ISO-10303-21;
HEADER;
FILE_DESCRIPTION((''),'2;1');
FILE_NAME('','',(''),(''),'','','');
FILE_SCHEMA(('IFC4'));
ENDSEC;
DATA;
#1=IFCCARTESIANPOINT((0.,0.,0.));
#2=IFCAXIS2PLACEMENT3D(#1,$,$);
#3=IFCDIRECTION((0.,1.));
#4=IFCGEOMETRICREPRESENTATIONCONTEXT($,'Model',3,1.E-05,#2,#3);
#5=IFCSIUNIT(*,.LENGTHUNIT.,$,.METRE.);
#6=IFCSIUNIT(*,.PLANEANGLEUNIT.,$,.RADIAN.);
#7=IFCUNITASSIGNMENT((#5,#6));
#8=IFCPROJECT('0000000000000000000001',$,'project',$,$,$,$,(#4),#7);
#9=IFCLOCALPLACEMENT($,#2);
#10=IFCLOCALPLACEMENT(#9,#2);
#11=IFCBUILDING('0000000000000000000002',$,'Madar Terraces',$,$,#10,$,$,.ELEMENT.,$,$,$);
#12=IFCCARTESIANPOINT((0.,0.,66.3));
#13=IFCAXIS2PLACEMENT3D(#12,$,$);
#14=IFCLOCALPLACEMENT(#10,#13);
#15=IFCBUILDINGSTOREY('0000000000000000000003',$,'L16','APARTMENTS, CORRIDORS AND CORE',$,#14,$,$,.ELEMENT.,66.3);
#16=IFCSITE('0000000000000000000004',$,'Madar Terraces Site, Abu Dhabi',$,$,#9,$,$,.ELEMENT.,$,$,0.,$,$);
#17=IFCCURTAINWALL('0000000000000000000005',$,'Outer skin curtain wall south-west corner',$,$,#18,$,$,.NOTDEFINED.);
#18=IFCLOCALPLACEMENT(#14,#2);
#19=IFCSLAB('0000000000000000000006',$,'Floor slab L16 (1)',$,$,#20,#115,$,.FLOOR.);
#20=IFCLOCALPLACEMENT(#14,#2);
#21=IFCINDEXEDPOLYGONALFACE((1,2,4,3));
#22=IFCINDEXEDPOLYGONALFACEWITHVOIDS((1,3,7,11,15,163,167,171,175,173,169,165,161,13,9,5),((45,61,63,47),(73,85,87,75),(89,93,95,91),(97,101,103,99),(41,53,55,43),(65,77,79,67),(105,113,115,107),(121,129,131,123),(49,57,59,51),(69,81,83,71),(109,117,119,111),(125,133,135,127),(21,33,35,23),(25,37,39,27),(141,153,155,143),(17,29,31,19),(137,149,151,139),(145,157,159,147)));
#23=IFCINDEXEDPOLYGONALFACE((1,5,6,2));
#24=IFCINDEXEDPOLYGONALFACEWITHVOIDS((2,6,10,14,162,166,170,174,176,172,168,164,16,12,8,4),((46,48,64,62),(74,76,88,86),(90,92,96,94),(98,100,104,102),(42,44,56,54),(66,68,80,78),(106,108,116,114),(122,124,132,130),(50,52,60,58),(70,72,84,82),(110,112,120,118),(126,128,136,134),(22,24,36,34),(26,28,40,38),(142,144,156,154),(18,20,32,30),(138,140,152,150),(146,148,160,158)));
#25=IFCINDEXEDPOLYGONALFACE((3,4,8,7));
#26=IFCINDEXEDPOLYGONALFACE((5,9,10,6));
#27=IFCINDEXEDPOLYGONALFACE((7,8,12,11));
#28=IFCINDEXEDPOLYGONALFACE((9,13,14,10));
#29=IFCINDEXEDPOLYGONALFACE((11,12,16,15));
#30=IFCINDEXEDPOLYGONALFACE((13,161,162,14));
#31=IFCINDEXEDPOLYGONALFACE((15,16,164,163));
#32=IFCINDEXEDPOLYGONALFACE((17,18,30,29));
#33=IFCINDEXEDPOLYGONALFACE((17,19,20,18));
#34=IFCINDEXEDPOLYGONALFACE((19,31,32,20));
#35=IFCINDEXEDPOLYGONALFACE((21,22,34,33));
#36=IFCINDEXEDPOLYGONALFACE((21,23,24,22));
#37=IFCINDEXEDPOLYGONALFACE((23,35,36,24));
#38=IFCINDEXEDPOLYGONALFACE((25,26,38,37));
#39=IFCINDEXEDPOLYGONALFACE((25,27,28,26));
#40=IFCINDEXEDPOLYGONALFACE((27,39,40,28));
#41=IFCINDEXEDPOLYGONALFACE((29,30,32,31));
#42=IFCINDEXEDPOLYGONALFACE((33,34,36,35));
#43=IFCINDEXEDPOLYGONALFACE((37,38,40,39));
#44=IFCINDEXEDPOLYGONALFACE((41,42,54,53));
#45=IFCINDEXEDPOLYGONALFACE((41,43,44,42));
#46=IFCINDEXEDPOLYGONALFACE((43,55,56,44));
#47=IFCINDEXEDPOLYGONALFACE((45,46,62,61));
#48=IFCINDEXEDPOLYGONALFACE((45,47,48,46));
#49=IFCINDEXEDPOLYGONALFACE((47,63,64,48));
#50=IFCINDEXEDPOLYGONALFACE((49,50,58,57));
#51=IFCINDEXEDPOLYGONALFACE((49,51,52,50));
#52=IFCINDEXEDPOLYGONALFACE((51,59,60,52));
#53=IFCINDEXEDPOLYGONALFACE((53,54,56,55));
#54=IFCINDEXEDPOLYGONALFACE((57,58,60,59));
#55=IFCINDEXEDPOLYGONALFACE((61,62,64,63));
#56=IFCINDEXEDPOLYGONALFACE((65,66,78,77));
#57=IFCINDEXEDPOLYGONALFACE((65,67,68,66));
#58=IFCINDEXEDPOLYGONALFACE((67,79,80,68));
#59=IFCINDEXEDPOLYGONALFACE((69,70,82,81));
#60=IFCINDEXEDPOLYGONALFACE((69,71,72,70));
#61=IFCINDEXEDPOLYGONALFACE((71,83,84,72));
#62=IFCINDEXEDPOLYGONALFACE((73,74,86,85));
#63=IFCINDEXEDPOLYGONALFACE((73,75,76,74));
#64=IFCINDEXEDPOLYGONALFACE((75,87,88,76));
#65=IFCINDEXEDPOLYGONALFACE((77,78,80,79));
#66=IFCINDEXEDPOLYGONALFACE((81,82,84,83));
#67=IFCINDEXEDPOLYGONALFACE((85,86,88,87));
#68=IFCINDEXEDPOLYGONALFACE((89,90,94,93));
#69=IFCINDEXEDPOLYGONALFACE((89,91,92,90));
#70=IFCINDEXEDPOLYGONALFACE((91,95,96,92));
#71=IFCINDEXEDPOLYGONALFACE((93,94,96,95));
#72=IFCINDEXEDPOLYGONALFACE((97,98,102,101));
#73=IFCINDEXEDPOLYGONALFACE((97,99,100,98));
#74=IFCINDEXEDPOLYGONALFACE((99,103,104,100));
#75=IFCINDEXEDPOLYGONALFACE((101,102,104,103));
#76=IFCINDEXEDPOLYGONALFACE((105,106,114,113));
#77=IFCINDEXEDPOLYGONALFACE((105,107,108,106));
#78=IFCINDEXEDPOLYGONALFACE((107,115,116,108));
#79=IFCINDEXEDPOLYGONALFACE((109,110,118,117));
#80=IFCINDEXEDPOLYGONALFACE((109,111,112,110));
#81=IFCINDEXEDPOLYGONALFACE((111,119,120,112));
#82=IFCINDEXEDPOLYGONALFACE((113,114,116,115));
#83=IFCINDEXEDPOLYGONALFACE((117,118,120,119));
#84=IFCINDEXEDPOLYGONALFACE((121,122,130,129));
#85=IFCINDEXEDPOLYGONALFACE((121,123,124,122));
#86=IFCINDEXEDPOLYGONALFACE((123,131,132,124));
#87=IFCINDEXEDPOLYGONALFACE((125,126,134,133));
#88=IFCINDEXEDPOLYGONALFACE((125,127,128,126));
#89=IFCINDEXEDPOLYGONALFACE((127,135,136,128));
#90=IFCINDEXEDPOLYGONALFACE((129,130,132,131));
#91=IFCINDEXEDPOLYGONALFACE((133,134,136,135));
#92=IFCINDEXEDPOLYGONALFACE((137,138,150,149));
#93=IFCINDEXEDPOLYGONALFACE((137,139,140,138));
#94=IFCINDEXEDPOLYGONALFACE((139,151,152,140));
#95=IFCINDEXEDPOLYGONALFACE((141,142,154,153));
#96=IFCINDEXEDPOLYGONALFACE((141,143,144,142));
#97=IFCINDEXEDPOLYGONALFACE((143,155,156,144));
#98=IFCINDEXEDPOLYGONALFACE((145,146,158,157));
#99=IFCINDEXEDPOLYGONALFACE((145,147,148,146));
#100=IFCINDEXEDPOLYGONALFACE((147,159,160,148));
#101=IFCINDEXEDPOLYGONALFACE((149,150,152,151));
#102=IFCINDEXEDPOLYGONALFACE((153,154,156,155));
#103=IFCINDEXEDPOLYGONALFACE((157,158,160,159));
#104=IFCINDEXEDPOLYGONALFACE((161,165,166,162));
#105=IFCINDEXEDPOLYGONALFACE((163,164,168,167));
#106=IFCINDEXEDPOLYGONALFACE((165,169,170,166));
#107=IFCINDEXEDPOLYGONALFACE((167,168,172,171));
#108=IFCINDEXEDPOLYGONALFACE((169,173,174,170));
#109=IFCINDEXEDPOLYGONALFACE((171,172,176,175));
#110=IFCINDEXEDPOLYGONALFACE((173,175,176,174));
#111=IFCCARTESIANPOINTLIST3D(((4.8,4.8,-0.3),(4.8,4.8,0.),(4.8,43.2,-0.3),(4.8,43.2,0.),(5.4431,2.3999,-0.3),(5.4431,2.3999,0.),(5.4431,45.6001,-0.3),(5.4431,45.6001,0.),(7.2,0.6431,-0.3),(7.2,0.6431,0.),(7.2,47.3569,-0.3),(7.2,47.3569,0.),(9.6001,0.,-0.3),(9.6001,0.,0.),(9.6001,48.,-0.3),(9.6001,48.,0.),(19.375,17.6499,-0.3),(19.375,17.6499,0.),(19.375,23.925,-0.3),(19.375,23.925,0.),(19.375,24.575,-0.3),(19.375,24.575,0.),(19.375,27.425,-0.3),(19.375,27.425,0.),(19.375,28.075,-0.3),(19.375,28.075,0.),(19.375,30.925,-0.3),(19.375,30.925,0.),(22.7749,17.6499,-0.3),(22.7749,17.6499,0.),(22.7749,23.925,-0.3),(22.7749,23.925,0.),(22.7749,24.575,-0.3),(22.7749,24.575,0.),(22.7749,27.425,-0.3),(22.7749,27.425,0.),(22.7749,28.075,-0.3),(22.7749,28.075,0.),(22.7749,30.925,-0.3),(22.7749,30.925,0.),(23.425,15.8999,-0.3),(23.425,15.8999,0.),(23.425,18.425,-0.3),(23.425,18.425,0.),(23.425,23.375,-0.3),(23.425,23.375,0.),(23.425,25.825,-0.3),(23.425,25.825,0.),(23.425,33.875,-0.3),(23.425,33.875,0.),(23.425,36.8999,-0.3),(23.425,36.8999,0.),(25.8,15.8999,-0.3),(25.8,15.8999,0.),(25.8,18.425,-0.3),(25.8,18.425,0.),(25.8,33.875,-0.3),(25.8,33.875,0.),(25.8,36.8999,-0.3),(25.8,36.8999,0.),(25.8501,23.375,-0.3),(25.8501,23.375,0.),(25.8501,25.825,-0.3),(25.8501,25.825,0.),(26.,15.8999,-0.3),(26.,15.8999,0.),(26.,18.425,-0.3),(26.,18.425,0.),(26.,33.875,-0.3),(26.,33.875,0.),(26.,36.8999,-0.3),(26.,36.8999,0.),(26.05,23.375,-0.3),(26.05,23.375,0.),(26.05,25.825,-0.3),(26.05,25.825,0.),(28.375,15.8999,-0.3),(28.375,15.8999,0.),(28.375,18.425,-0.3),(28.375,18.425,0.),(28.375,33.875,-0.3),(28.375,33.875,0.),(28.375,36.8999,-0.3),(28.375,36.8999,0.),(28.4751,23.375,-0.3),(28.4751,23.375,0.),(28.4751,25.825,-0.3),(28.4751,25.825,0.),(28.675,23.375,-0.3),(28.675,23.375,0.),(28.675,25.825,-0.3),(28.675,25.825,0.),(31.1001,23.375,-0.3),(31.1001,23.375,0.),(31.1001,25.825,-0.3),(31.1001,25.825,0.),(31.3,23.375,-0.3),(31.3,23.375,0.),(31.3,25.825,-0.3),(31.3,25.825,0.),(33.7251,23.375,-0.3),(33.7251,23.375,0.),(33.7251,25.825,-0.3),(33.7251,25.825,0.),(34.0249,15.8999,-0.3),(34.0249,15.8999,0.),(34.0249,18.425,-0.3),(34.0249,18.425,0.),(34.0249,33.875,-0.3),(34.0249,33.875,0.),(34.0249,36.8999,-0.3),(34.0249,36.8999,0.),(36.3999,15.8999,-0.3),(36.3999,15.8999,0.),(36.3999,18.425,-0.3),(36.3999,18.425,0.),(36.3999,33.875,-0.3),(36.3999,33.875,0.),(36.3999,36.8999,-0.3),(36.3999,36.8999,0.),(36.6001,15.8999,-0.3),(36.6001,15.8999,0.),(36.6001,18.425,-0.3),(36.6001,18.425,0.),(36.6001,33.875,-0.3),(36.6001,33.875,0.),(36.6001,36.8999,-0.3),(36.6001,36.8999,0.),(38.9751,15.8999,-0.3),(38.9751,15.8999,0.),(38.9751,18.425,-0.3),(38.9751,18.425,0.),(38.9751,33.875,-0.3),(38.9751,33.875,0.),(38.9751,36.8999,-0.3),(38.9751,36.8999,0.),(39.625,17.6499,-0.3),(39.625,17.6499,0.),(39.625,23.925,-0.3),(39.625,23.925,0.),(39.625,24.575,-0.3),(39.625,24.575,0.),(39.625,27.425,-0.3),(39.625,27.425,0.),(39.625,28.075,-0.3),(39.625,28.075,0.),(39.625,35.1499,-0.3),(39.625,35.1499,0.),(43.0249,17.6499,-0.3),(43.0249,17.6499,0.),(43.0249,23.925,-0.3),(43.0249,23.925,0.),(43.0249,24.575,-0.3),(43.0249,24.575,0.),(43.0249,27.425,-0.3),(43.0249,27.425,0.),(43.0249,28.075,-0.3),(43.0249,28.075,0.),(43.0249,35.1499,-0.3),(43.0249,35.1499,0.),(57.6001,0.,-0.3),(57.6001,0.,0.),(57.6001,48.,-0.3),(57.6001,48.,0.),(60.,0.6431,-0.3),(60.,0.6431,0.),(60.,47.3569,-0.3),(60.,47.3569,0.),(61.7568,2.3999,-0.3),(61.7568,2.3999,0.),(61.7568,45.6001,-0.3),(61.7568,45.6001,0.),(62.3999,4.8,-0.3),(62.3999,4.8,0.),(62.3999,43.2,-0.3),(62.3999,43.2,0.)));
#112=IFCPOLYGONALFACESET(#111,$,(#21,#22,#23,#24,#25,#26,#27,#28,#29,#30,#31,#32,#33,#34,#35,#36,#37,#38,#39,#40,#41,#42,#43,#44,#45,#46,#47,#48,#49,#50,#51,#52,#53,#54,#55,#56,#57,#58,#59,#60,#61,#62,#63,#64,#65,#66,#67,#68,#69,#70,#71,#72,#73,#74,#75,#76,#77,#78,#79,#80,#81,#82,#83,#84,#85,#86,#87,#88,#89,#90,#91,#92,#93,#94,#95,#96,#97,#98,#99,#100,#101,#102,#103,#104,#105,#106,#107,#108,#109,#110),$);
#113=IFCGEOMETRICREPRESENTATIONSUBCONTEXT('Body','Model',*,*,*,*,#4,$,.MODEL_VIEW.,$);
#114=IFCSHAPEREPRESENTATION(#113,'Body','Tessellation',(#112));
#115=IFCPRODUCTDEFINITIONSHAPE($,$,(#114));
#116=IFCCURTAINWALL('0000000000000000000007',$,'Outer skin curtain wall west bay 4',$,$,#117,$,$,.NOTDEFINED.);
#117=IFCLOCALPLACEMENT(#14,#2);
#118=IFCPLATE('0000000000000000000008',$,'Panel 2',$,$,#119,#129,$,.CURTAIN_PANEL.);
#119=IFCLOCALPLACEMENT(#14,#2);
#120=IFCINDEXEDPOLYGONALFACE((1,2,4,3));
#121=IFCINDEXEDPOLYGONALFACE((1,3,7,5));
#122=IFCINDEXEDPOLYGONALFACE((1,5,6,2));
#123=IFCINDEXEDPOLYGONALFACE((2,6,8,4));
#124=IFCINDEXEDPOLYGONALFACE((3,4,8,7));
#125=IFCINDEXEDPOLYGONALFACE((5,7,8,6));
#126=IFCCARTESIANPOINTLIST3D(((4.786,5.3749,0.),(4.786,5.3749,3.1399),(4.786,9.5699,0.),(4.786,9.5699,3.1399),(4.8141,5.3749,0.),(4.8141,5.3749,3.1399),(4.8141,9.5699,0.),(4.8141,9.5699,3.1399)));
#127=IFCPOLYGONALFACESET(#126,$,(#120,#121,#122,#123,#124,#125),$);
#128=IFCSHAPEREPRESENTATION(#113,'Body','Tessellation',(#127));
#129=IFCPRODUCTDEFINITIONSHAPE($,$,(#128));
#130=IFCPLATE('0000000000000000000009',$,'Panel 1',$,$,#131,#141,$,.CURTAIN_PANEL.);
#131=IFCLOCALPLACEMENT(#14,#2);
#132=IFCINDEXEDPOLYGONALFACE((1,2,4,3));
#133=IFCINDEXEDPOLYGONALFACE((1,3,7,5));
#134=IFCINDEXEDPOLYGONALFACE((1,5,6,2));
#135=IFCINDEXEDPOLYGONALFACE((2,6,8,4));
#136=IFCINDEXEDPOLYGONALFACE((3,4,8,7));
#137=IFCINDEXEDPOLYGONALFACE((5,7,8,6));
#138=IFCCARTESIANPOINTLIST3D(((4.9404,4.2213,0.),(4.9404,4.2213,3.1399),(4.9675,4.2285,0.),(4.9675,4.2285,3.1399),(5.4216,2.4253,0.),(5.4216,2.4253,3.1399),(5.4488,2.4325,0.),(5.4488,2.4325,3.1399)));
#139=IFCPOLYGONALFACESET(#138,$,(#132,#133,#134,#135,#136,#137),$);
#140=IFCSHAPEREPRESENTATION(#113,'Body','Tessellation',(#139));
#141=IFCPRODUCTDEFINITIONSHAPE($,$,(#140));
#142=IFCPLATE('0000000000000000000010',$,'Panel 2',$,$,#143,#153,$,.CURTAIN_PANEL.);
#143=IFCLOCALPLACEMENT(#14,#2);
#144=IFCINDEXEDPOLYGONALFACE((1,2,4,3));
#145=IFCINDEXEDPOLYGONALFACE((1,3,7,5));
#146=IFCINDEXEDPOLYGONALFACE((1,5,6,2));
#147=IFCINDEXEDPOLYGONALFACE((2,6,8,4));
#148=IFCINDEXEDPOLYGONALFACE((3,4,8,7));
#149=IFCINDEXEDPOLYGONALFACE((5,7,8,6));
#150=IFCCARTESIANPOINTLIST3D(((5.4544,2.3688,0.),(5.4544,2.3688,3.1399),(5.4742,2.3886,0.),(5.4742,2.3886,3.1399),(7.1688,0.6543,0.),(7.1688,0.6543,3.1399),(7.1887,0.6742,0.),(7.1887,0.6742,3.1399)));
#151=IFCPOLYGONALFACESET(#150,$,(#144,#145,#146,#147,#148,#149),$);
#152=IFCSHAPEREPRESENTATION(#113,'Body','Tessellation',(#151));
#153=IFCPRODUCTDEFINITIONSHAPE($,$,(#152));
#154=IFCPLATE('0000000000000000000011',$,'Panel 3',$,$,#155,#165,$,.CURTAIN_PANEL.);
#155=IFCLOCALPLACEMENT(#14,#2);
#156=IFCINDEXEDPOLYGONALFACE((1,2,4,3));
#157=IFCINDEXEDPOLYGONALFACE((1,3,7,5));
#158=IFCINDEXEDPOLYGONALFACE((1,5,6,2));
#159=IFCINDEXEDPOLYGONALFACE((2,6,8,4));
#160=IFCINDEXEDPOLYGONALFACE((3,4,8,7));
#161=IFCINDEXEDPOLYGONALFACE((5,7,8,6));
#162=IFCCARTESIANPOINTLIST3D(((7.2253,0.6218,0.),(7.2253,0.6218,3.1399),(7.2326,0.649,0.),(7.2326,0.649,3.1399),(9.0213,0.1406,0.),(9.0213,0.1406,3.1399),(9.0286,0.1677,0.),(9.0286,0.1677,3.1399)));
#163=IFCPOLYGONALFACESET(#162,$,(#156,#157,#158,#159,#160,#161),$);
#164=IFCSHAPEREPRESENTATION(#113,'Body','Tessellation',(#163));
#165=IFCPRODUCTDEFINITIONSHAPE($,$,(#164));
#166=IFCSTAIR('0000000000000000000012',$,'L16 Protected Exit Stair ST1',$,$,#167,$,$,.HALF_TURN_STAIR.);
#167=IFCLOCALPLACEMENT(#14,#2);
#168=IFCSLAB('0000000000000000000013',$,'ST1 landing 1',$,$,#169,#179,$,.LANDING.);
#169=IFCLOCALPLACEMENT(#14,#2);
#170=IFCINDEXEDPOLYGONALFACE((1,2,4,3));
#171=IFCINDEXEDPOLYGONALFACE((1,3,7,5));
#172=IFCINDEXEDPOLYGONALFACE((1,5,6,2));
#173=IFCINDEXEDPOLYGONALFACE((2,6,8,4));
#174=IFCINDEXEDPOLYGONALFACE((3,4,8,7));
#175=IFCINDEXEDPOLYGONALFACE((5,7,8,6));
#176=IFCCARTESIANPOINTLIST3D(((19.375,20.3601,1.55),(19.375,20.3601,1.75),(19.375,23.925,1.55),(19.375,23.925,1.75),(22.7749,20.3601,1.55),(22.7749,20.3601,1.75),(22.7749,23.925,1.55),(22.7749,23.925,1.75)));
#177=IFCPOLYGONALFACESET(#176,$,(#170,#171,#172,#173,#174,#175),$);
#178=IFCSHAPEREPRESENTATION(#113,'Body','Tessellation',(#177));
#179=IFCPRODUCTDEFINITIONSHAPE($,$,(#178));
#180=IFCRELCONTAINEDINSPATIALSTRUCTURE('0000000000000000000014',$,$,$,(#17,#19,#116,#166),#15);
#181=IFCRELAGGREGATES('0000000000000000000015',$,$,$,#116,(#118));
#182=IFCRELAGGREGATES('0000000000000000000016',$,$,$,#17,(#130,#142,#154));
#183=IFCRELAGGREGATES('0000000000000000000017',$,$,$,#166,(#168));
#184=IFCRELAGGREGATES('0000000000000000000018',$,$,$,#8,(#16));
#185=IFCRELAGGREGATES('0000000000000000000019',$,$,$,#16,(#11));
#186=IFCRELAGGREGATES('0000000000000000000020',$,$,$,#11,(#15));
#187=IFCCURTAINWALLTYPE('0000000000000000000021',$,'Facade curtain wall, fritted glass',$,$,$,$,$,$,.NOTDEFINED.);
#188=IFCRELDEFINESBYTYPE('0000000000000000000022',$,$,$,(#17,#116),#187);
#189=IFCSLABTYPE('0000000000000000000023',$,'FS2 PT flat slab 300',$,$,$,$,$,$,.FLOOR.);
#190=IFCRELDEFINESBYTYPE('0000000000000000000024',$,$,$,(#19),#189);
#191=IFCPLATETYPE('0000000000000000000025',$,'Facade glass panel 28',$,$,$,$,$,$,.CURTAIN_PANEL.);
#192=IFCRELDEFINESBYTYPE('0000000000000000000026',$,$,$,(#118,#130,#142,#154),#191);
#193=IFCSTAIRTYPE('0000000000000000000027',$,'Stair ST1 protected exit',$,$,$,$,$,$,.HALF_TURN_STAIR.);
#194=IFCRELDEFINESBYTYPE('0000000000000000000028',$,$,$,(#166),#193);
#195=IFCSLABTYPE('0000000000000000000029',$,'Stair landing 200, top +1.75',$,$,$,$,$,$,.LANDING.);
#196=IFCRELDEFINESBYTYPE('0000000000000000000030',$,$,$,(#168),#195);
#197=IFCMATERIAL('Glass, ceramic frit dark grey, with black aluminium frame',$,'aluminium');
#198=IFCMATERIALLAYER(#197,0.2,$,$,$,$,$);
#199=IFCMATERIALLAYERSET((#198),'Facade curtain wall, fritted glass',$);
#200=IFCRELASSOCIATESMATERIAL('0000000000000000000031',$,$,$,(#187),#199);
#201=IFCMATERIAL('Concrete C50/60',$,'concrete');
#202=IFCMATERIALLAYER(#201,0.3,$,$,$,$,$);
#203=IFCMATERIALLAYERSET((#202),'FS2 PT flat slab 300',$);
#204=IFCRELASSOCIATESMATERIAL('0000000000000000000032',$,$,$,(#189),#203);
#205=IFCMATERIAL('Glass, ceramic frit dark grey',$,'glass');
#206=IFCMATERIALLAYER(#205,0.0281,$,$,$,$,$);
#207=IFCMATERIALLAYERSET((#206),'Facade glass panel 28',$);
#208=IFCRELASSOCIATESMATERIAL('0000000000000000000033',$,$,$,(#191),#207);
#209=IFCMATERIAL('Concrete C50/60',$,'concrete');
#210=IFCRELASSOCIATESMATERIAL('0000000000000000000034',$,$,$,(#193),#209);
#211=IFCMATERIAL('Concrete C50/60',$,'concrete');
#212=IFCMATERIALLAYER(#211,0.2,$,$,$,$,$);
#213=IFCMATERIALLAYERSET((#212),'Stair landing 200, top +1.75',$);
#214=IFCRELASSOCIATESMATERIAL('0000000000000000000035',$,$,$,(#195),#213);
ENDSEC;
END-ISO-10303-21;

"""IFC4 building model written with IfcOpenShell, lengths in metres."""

from ifc_helpers import new_model, si_unit, direction, frame, origin, origin_2d, place, context, subcontext, project, spatial, polyline, rectangle, outline, extrude, material, layer, layer_set, type_object, element, aggregate, save


model = new_model("IFC4")

# Units and contexts
model_context = context("Model", 3, precision=1e-05, world=origin(), true_north=direction((0.0, 1.0)))
body_context = subcontext(model_context, "Body", "Model", "MODEL_VIEW")
ifc_project = project(units=[si_unit("LENGTHUNIT", "METRE"), si_unit("PLANEANGLEUNIT", "RADIAN")], contexts=[model_context])

# Site, building, storey
site_placement = place(None, origin())
site = spatial("IfcSite", under=ifc_project, at=site_placement, Name="Madar Terraces Site, Abu Dhabi", CompositionType="ELEMENT", RefElevation=0.0)
building_placement = place(site_placement, origin())
building = spatial("IfcBuilding", under=site, at=building_placement, Name="Madar Terraces", CompositionType="ELEMENT")
storey_placement = place(building_placement, frame((0.0, 0.0, 66.3)))
storey = spatial("IfcBuildingStorey", under=building, at=storey_placement, Name="L16", Description="APARTMENTS, CORRIDORS AND CORE", CompositionType="ELEMENT", Elevation=66.3)

# Curtain wall
ifc_material_1 = material(Name="Glass, ceramic frit dark grey, with black aluminium frame", Category="aluminium")
ifc_layer_1 = layer(ifc_material_1, 0.2)
ifc_layer_set_1 = layer_set([ifc_layer_1], Name="Facade curtain wall, fritted glass")
curtain_wall_type = type_object("IfcCurtainWallType", Name="Facade curtain wall, fritted glass", PredefinedType="NOTDEFINED", material=ifc_layer_set_1)
curtain_wall_1_placement = place(storey_placement, origin())
curtain_wall_1 = element("IfcCurtainWall", 1, at=curtain_wall_1_placement, inside=storey, type_object=curtain_wall_type, Name="Outer skin curtain wall south-west corner", PredefinedType="NOTDEFINED")

# Slab
ifc_material_2 = material(Name="Concrete C50/60", Category="concrete")
ifc_layer_2 = layer(ifc_material_2, 0.3)
ifc_layer_set_2 = layer_set([ifc_layer_2], Name="FS2 PT flat slab 300")
slab_type_1 = type_object("IfcSlabType", Name="FS2 PT flat slab 300", PredefinedType="FLOOR", material=ifc_layer_set_2)
slab_1_placement = place(storey_placement, frame((0.0, 0.0, -0.3)))
element("IfcSlab", 2, at=slab_1_placement, inside=storey, type_object=slab_type_1, Name="Floor slab L16 (1)", PredefinedType="FLOOR", context=body_context, shape_type="SweptSolid", body=[
    extrude(outline(polyline([(57.6001, 0.0), (60.0, 0.6431), (61.7568, 2.3999), (62.3999, 4.8), (62.3999, 43.2), (61.7568, 45.6001), (60.0, 47.3569), (57.6001, 48.0), (9.6001, 48.0), (7.2, 47.3569), (5.4431, 45.6001), (4.8, 43.2), (4.8, 4.8), (5.4431, 2.3999), (7.2, 0.6431), (9.6001, 0.0), (57.6001, 0.0)]), holes=[polyline([(23.425, 15.8999), (23.425, 18.425), (25.8, 18.425), (25.8, 15.8999), (23.425, 15.8999)]), polyline([(26.0, 15.8999), (26.0, 18.425), (28.375, 18.425), (28.375, 15.8999), (26.0, 15.8999)]), polyline([(19.375, 17.6499), (19.375, 23.925), (22.7749, 23.925), (22.7749, 17.6499), (19.375, 17.6499)]), polyline([(23.425, 23.375), (23.425, 25.825), (25.8501, 25.825), (25.8501, 23.375), (23.425, 23.375)]), polyline([(26.05, 23.375), (26.05, 25.825), (28.4751, 25.825), (28.4751, 23.375), (26.05, 23.375)]), polyline([(19.375, 24.575), (19.375, 27.425), (22.7749, 27.425), (22.7749, 24.575), (19.375, 24.575)]), polyline([(19.375, 28.075), (19.375, 30.925), (22.7749, 30.925), (22.7749, 28.075), (19.375, 28.075)]), polyline([(23.425, 36.8999), (25.8, 36.8999), (25.8, 33.875), (23.425, 33.875), (23.425, 36.8999)]), polyline([(26.0, 36.8999), (28.375, 36.8999), (28.375, 33.875), (26.0, 33.875), (26.0, 36.8999)]), polyline([(34.0249, 15.8999), (34.0249, 18.425), (36.3999, 18.425), (36.3999, 15.8999), (34.0249, 15.8999)]), polyline([(36.6001, 15.8999), (36.6001, 18.425), (38.9751, 18.425), (38.9751, 15.8999), (36.6001, 15.8999)]), polyline([(39.625, 17.6499), (39.625, 23.925), (43.0249, 23.925), (43.0249, 17.6499), (39.625, 17.6499)]), polyline([(28.675, 23.375), (28.675, 25.825), (31.1001, 25.825), (31.1001, 23.375), (28.675, 23.375)]), polyline([(31.3, 23.375), (31.3, 25.825), (33.7251, 25.825), (33.7251, 23.375), (31.3, 23.375)]), polyline([(39.625, 24.575), (39.625, 27.425), (43.0249, 27.425), (43.0249, 24.575), (39.625, 24.575)]), polyline([(39.625, 28.075), (39.625, 35.1499), (43.0249, 35.1499), (43.0249, 28.075), (39.625, 28.075)]), polyline([(34.0249, 36.8999), (36.3999, 36.8999), (36.3999, 33.875), (34.0249, 33.875), (34.0249, 36.8999)]), polyline([(36.6001, 36.8999), (38.9751, 36.8999), (38.9751, 33.875), (36.6001, 33.875), (36.6001, 36.8999)])]), origin(), (0.0, 0.0, 1.0), 0.3),
])

# Curtain wall, plate
curtain_wall_2_placement = place(storey_placement, origin())
curtain_wall_2 = element("IfcCurtainWall", 3, at=curtain_wall_2_placement, inside=storey, type_object=curtain_wall_type, Name="Outer skin curtain wall west bay 4", PredefinedType="NOTDEFINED")
ifc_material_3 = material(Name="Glass, ceramic frit dark grey", Category="glass")
ifc_layer_3 = layer(ifc_material_3, 0.0281)
ifc_layer_set_3 = layer_set([ifc_layer_3], Name="Facade glass panel 28")
plate_type = type_object("IfcPlateType", Name="Facade glass panel 28", PredefinedType="CURTAIN_PANEL", material=ifc_layer_set_3)
plate_1_placement = place(storey_placement, frame((4.8, 7.4724, 0.0), z_axis=(0.0, 0.0, 1.0), x_axis=(0.0, -1.0, 0.0)))
plate_1 = element("IfcPlate", 4, at=plate_1_placement, type_object=plate_type, Name="Panel 2", PredefinedType="CURTAIN_PANEL", context=body_context, shape_type="SweptSolid", body=[
    extrude(rectangle(XDim=4.1951, YDim=0.0281, at=origin_2d()), origin(), (0.0, 0.0, 1.0), 3.1399),
])
aggregate(curtain_wall_2, [plate_1])

# Plates
plate_2_placement = place(storey_placement, frame((5.1946, 3.3269, 0.0), z_axis=(0.0, 0.0, 1.0), x_axis=(0.258819, -0.965926, 0.0)))
plate_2 = element("IfcPlate", 5, at=plate_2_placement, type_object=plate_type, Name="Panel 1", PredefinedType="CURTAIN_PANEL", context=body_context, shape_type="SweptSolid", body=[
    extrude(rectangle(XDim=1.8594, YDim=0.0281, at=origin_2d()), origin(), (0.0, 0.0, 1.0), 3.1399),
])
plate_3_placement = place(storey_placement, frame((6.3215, 1.5215, 0.0), z_axis=(0.0, 0.0, 1.0), x_axis=(0.707107, -0.707107, 0.0)))
plate_3 = element("IfcPlate", 6, at=plate_3_placement, type_object=plate_type, Name="Panel 2", PredefinedType="CURTAIN_PANEL", context=body_context, shape_type="SweptSolid", body=[
    extrude(rectangle(XDim=2.4246, YDim=0.0281, at=origin_2d()), origin(), (0.0, 0.0, 1.0), 3.1399),
])
plate_4_placement = place(storey_placement, frame((8.127, 0.3948, 0.0), z_axis=(0.0, 0.0, 1.0), x_axis=(0.965926, -0.258819, 0.0)))
plate_4 = element("IfcPlate", 7, at=plate_4_placement, type_object=plate_type, Name="Panel 3", PredefinedType="CURTAIN_PANEL", context=body_context, shape_type="SweptSolid", body=[
    extrude(rectangle(XDim=1.8594, YDim=0.0281, at=origin_2d()), origin(), (0.0, 0.0, 1.0), 3.1399),
])
aggregate(curtain_wall_1, [plate_2, plate_3, plate_4])

# Stair, slab
ifc_material_4 = material(Name="Concrete C50/60", Category="concrete")
stair_type_1 = type_object("IfcStairType", Name="Stair ST1 protected exit", PredefinedType="HALF_TURN_STAIR", material=ifc_material_4)
stair_1_placement = place(storey_placement, origin())
stair_1 = element("IfcStair", 8, at=stair_1_placement, inside=storey, type_object=stair_type_1, Name="L16 Protected Exit Stair ST1", PredefinedType="HALF_TURN_STAIR")
ifc_material_5 = material(Name="Concrete C50/60", Category="concrete")
ifc_layer_4 = layer(ifc_material_5, 0.2)
ifc_layer_set_4 = layer_set([ifc_layer_4], Name="Stair landing 200, top +1.75")
slab_type_2 = type_object("IfcSlabType", Name="Stair landing 200, top +1.75", PredefinedType="LANDING", material=ifc_layer_set_4)
slab_2_placement = place(storey_placement, frame((0.0, 0.0, 1.55)))
slab_2 = element("IfcSlab", 9, at=slab_2_placement, type_object=slab_type_2, Name="ST1 landing 1", PredefinedType="LANDING", context=body_context, shape_type="SweptSolid", body=[
    extrude(outline(polyline([(19.375, 20.3601), (22.7749, 20.3601), (22.7749, 23.925), (19.375, 23.925), (19.375, 20.3601)])), origin(), (0.0, 0.0, 1.0), 0.2),
])
aggregate(stair_1, [slab_2])

save(model, "model.ifc")
